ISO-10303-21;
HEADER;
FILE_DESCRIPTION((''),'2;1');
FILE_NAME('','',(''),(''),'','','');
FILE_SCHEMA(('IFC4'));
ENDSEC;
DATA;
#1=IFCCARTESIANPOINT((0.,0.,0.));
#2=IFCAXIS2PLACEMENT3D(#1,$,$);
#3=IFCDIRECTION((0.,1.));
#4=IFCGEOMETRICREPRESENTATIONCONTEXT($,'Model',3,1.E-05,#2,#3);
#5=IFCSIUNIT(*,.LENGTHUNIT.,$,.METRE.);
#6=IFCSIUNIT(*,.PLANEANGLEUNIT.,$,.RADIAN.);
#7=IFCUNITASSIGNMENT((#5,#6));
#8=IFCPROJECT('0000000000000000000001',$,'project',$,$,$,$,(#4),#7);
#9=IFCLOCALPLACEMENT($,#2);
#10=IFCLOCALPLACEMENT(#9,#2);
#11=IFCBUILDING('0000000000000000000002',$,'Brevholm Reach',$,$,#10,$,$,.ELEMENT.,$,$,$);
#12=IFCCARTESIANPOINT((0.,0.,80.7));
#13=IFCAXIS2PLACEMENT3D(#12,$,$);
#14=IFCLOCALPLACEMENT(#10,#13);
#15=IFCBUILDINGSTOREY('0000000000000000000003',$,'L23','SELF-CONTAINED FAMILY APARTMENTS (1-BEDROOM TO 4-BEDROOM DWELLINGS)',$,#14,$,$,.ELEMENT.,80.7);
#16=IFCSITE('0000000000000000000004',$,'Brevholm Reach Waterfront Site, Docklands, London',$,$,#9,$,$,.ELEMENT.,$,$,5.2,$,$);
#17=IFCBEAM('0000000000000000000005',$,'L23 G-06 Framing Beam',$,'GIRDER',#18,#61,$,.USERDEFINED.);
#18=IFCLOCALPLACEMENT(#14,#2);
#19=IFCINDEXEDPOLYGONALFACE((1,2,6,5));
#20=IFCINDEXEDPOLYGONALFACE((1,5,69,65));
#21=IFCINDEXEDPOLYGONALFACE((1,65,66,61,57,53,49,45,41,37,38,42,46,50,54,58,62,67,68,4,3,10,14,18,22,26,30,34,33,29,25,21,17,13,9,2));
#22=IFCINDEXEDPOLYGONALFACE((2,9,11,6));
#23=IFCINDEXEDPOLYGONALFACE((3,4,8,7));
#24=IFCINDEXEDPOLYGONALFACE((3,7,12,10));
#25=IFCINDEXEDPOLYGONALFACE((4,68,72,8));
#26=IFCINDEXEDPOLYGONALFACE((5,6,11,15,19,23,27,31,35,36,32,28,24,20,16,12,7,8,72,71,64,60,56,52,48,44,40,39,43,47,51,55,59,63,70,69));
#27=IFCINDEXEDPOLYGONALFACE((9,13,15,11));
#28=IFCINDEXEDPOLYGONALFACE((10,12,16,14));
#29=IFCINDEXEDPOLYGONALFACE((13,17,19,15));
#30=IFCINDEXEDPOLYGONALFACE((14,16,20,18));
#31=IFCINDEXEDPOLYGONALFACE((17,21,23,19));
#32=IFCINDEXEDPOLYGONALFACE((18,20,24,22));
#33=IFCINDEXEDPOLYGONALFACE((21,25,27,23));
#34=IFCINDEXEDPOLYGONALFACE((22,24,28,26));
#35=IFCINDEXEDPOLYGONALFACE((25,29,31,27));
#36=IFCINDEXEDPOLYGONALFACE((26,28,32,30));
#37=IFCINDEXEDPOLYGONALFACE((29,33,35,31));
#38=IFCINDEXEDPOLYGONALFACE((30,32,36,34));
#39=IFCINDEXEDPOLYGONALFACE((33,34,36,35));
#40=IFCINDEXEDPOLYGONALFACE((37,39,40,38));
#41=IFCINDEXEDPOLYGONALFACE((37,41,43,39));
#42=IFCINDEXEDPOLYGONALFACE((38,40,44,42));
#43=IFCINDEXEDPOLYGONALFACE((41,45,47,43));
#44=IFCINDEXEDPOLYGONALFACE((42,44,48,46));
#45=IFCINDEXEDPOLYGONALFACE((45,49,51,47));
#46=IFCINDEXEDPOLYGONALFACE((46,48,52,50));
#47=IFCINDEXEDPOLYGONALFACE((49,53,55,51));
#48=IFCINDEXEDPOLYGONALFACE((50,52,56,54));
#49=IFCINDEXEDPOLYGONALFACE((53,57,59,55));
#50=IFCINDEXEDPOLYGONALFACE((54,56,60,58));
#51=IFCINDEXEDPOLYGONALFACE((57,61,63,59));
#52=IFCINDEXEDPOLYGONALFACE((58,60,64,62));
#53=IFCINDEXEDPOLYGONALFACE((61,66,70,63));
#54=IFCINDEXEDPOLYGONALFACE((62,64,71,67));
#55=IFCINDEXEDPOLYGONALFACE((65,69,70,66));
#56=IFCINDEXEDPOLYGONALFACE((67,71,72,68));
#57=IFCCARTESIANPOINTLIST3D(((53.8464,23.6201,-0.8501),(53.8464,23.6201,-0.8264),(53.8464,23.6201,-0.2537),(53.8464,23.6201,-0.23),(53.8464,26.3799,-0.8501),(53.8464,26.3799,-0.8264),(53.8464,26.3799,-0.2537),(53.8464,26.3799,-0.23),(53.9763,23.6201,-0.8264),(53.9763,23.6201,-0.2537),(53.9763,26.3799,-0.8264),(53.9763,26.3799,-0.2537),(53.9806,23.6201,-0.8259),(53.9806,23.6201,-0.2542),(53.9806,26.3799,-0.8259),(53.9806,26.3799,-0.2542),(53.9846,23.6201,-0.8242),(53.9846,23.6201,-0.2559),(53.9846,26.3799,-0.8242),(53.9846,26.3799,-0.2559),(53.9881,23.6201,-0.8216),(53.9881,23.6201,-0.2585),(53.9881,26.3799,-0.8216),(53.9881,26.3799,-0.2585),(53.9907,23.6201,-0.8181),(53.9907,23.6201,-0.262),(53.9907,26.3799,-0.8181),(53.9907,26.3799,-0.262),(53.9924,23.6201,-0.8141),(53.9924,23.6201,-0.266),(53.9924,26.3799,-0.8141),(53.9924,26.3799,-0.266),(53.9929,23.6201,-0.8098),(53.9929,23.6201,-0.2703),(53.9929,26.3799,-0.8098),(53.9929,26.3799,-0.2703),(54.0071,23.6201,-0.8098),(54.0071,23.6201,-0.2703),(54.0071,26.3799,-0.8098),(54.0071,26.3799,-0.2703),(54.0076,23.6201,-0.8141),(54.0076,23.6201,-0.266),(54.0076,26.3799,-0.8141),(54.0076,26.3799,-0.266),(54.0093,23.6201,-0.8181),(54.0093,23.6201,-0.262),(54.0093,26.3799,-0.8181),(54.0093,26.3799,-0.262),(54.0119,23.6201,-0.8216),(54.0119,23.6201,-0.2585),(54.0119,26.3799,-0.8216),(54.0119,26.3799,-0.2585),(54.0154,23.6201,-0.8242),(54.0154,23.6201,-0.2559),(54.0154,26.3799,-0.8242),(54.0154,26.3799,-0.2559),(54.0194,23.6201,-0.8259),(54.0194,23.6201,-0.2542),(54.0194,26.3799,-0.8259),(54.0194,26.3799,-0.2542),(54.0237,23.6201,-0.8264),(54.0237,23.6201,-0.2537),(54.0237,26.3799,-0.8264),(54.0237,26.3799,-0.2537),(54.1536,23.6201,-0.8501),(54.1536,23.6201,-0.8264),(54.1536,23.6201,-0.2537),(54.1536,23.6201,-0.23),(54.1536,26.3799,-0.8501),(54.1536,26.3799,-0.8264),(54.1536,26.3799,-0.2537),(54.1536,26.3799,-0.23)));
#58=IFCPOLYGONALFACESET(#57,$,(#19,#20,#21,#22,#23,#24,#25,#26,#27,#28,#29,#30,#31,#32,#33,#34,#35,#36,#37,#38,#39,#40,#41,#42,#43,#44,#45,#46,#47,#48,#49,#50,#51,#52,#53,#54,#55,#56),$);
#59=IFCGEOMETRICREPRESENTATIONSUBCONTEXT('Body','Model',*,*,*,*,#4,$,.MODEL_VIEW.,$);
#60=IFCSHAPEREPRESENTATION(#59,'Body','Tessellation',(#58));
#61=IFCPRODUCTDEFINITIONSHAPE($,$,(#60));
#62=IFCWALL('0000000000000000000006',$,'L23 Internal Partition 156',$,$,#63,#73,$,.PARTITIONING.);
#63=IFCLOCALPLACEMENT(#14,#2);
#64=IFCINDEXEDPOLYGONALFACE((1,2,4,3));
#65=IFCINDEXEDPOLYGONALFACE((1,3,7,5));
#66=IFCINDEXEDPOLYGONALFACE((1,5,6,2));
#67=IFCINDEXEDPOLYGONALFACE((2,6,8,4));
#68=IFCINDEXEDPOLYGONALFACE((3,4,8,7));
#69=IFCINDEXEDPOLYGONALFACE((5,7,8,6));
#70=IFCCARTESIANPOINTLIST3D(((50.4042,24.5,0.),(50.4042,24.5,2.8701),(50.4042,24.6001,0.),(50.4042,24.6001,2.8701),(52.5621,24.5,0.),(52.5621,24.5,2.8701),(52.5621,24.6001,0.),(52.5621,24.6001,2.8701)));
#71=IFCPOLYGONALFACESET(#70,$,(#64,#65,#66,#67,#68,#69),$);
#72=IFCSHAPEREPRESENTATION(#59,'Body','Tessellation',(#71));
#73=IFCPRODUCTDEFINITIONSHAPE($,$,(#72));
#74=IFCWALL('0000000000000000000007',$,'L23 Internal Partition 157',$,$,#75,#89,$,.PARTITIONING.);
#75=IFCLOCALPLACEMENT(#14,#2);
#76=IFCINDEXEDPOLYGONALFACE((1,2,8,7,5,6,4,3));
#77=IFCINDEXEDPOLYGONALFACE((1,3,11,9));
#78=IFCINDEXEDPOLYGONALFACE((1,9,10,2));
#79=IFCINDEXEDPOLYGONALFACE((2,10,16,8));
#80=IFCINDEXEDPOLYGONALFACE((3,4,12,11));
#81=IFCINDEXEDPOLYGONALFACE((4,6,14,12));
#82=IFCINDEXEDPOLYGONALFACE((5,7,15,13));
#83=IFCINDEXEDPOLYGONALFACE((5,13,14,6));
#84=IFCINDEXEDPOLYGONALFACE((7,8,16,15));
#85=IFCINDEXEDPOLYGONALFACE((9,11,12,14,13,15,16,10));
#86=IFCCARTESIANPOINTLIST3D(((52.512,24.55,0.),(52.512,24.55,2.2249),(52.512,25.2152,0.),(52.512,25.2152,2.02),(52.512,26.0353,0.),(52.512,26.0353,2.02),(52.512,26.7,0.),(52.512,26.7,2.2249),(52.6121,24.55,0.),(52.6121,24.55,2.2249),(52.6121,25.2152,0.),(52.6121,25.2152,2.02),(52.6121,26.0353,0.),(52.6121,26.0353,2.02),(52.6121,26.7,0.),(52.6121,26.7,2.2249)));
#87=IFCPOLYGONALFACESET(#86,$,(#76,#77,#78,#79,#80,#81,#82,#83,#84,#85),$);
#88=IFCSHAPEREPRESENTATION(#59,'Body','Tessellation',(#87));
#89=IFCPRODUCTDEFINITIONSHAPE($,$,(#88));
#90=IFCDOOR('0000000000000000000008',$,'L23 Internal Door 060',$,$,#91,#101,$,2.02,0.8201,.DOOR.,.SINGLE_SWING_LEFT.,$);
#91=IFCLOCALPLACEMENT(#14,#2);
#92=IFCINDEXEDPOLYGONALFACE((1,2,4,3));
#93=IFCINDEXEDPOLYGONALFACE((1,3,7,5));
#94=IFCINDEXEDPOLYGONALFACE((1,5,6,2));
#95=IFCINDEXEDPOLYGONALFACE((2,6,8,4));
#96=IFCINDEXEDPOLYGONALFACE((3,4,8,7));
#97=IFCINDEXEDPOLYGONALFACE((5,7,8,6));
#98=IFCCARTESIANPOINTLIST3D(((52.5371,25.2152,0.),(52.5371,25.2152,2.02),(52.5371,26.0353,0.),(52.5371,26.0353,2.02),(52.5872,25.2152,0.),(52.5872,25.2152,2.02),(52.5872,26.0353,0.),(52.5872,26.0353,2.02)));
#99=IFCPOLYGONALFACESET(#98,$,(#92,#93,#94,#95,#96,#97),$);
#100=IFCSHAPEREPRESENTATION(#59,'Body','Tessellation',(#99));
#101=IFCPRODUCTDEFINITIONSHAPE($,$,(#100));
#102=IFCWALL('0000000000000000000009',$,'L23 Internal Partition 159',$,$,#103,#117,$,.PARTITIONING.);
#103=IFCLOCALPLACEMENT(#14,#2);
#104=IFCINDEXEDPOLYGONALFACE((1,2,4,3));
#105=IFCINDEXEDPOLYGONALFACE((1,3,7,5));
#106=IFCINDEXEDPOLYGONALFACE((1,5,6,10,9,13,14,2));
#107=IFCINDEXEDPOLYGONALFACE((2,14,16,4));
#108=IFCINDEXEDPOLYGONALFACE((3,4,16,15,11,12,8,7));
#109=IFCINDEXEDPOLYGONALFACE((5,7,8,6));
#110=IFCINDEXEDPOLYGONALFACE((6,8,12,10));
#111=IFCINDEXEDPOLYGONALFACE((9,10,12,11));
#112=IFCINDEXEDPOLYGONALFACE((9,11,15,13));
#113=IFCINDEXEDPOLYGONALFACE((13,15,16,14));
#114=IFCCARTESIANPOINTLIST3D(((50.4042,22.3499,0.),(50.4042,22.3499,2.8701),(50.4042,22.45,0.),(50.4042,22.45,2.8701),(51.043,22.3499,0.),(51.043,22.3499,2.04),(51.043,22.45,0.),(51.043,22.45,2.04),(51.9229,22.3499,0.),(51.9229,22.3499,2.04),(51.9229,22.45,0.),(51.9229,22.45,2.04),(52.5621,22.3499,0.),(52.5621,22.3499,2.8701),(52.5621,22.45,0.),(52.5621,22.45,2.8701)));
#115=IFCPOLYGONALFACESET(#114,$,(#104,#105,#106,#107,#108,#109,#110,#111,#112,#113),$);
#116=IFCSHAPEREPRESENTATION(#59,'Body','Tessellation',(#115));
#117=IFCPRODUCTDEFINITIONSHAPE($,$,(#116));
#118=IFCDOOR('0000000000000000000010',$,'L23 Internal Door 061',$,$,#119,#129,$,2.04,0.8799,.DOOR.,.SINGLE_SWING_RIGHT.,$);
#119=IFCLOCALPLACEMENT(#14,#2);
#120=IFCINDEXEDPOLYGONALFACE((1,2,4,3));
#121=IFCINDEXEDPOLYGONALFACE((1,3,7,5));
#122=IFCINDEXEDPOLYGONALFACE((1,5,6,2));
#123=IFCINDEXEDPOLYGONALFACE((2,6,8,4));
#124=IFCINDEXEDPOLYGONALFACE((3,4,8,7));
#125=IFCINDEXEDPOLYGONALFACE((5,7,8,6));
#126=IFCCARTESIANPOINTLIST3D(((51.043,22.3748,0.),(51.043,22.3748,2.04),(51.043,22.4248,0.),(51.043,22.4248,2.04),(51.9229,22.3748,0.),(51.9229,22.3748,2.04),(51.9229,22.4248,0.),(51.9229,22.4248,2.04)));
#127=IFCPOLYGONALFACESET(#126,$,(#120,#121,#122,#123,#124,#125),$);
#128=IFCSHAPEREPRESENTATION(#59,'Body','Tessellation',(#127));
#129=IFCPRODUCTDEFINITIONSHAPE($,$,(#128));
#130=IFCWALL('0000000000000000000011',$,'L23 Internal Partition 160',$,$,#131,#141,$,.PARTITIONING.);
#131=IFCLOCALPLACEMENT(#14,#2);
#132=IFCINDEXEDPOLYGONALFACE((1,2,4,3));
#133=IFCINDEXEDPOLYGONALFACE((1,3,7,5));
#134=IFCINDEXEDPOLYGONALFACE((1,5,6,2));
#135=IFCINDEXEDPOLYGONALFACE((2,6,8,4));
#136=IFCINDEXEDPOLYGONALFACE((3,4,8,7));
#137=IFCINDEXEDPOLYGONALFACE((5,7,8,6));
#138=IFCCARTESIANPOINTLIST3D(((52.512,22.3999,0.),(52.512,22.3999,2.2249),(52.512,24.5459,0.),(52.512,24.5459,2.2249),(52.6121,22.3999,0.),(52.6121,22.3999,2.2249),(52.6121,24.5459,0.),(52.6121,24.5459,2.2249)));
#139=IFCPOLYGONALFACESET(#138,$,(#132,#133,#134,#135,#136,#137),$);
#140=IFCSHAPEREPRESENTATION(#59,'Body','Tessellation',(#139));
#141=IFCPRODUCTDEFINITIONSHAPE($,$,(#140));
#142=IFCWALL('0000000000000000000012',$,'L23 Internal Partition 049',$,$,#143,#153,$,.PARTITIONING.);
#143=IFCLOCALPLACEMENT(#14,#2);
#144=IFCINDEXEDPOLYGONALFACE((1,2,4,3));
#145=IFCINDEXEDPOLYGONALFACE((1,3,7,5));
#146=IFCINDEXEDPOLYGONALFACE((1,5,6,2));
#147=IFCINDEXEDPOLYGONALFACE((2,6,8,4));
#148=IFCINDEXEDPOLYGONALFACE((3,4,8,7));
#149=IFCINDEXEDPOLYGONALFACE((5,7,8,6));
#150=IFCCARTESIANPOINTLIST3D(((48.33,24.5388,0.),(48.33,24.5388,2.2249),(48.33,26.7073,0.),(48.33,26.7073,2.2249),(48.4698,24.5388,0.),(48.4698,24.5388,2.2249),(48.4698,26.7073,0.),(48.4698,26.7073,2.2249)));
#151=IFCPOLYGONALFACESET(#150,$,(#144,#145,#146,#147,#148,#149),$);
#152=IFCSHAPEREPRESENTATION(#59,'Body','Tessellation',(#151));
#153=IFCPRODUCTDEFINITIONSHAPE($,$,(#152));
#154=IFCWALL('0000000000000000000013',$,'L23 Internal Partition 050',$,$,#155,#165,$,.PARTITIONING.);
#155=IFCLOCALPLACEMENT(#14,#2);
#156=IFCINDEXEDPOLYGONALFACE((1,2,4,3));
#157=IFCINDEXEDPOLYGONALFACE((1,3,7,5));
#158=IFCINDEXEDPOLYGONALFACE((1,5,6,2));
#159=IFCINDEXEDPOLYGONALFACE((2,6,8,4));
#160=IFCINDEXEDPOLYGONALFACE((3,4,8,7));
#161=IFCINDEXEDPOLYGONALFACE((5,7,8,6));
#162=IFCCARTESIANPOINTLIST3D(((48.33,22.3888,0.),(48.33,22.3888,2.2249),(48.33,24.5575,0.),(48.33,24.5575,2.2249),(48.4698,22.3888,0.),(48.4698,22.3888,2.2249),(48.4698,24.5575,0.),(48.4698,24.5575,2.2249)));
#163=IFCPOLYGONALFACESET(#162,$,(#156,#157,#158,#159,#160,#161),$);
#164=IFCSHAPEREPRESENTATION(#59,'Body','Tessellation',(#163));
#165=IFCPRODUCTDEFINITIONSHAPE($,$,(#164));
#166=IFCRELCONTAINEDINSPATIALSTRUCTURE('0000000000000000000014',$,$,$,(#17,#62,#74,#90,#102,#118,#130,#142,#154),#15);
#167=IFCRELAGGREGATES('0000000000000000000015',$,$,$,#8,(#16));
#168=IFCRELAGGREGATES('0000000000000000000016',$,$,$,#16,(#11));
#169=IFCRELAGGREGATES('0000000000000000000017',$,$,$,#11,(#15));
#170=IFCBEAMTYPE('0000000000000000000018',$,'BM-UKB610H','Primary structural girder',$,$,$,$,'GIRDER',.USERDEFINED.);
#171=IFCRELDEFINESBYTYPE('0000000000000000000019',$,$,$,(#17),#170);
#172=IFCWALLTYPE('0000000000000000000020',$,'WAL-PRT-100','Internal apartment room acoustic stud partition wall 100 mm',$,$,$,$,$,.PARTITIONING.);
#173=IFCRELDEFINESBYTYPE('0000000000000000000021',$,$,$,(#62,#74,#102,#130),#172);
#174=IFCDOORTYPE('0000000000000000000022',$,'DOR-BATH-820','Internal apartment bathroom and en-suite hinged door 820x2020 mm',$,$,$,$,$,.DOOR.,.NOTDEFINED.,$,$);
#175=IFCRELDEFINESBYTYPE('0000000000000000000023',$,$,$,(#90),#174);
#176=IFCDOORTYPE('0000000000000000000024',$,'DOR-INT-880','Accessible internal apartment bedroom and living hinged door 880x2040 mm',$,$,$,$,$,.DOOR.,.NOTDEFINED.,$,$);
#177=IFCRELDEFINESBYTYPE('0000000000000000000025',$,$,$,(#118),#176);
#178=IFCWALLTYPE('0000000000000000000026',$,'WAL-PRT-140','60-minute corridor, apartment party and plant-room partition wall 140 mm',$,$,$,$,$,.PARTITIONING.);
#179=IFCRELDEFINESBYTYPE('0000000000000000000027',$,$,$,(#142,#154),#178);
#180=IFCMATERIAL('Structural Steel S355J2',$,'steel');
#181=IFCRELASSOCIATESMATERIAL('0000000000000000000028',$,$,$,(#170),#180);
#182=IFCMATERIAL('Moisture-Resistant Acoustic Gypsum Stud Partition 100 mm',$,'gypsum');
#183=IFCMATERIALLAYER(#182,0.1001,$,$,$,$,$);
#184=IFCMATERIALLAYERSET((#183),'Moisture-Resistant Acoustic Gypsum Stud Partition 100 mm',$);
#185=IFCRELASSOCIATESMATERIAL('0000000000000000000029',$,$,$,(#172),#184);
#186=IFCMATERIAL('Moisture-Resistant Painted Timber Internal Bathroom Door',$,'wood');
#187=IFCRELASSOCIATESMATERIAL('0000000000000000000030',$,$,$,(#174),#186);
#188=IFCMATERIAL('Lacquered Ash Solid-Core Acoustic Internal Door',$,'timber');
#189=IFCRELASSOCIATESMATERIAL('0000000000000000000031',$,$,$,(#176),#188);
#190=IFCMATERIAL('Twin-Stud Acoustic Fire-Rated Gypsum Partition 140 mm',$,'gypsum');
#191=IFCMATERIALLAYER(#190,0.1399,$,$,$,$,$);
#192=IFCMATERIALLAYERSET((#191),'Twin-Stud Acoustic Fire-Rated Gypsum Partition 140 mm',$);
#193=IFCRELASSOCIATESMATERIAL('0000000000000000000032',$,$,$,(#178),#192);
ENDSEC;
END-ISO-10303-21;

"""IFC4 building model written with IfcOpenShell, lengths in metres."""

from ifc_helpers import new_model, si_unit, direction, frame, frame_2d, origin, origin_2d, place, context, subcontext, project, spatial, rectangle, i_section, extrude, material, layer, layer_set, material_profile, profile_set, type_object, element, fill, save


model = new_model("IFC4")

# Units and contexts
model_context = context("Model", 3, precision=1e-05, world=origin(), true_north=direction((0.0, 1.0)))
body_context = subcontext(model_context, "Body", "Model", "MODEL_VIEW")
ifc_project = project(units=[si_unit("LENGTHUNIT", "METRE"), si_unit("PLANEANGLEUNIT", "RADIAN")], contexts=[model_context])

# Site, building, storey
site_placement = place(None, origin())
site = spatial("IfcSite", under=ifc_project, at=site_placement, Name="Brevholm Reach Waterfront Site, Docklands, London", CompositionType="ELEMENT", RefElevation=5.2)
building_placement = place(site_placement, origin())
building = spatial("IfcBuilding", under=site, at=building_placement, Name="Brevholm Reach", CompositionType="ELEMENT")
storey_placement = place(building_placement, frame((0.0, 0.0, 80.7)))
storey = spatial("IfcBuildingStorey", under=building, at=storey_placement, Name="L23", Description="SELF-CONTAINED FAMILY APARTMENTS (1-BEDROOM TO 4-BEDROOM DWELLINGS)", CompositionType="ELEMENT", Elevation=80.7)

# Beam
ifc_material_1 = material(Name="Structural Steel S355J2", Category="steel")
ifc_material_profile_1 = material_profile(ifc_material_1, i_section(OverallWidth=0.3071, OverallDepth=0.6201, WebThickness=0.0142, FlangeThickness=0.0237, FilletRadius=0.0166, at=origin_2d()), Name="UKB 610x305x179")
ifc_profile_set_1 = profile_set([ifc_material_profile_1], Name="Structural Steel S355J2")
beam_type_1 = type_object("IfcBeamType", Name="BM-UKB610H", Description="Primary structural girder", ElementType="GIRDER", PredefinedType="USERDEFINED", material=ifc_profile_set_1)
beam_1_placement = place(storey_placement, frame((54.0, 23.6201, -0.54), z_axis=(0.0, 1.0, 0.0), x_axis=(-1.0, 0.0, 0.0)))
element("IfcBeam", 1, at=beam_1_placement, inside=storey, type_object=beam_type_1, Name="L23 G-06 Framing Beam", ObjectType="GIRDER", PredefinedType="USERDEFINED", context=body_context, shape_type="SweptSolid", body=[
    extrude(i_section(OverallWidth=0.3071, OverallDepth=0.6201, WebThickness=0.0142, FlangeThickness=0.0237, FilletRadius=0.0166, at=origin_2d()), origin(), (0.0, 0.0, 1.0), 2.7598),
])

# Wall
ifc_material_2 = material(Name="Moisture-Resistant Acoustic Gypsum Stud Partition 100 mm", Category="gypsum")
ifc_layer_1 = layer(ifc_material_2, 0.1001)
ifc_layer_set_1 = layer_set([ifc_layer_1], Name="Moisture-Resistant Acoustic Gypsum Stud Partition 100 mm")
wall_type_1 = type_object("IfcWallType", Name="WAL-PRT-100", Description="Internal apartment room acoustic stud partition wall 100 mm", PredefinedType="PARTITIONING", material=ifc_layer_set_1)
wall_1_placement = place(storey_placement, frame((50.4041, 24.55, 0.0), z_axis=(0.0, 0.0, 1.0), x_axis=(1.0, 0.0, 0.0)))
element("IfcWall", 2, at=wall_1_placement, inside=storey, type_object=wall_type_1, Name="L23 Internal Partition 156", PredefinedType="PARTITIONING", context=body_context, shape_type="SweptSolid", body=[
    extrude(rectangle(XDim=2.158, YDim=0.1001, at=frame_2d((1.0791, 0.0))), origin(), (0.0, 0.0, 1.0), 2.8701),
])

# Walls, openings, doors
wall_2_placement = place(storey_placement, frame((52.562, 24.55, 0.0), z_axis=(0.0, 0.0, 1.0), x_axis=(0.0, 1.0, 0.0)))
wall_2 = element("IfcWall", 3, at=wall_2_placement, inside=storey, type_object=wall_type_1, Name="L23 Internal Partition 157", PredefinedType="PARTITIONING", context=body_context, shape_type="SweptSolid", body=[
    extrude(rectangle(XDim=2.1499, YDim=0.1001, at=frame_2d((1.075, 0.0))), origin(), (0.0, 0.0, 1.0), 2.2249),
])
opening_1_placement = place(wall_2_placement, frame((0.665, 0.0, 0.0)))
opening_1 = element("IfcOpeningElement", 4, at=opening_1_placement, cuts=wall_2, PredefinedType="OPENING", context=body_context, shape_type="SweptSolid", body=[
    extrude(rectangle(XDim=0.8201, YDim=2.02, at=frame_2d((0.4102, 1.01))), frame((0.0, 0.0601, 0.0), z_axis=(0.0, -1.0, 0.0), x_axis=(1.0, 0.0, 0.0)), (0.0, 0.0, 1.0), 0.1201),
])
ifc_material_3 = material(Name="Moisture-Resistant Painted Timber Internal Bathroom Door", Category="wood")
door_type_1 = type_object("IfcDoorType", Name="DOR-BATH-820", Description="Internal apartment bathroom and en-suite hinged door 820x2020 mm", OperationType="NOTDEFINED", PredefinedType="DOOR", material=ifc_material_3)
door_1_placement = place(opening_1_placement, origin())
door_1 = element("IfcDoor", 5, at=door_1_placement, inside=storey, type_object=door_type_1, Name="L23 Internal Door 060", OperationType="SINGLE_SWING_LEFT", OverallHeight=2.02, OverallWidth=0.8201, PredefinedType="DOOR", context=body_context, shape_type="SweptSolid", body=[
    extrude(rectangle(XDim=0.8201, YDim=2.02, at=frame_2d((0.4102, 1.01))), frame((0.0, 0.0249, 0.0), z_axis=(0.0, -1.0, 0.0), x_axis=(1.0, 0.0, 0.0)), (0.0, 0.0, 1.0), 0.05),
])
fill(opening_1, door_1)
wall_3_placement = place(storey_placement, frame((50.4041, 22.3999, 0.0), z_axis=(0.0, 0.0, 1.0), x_axis=(1.0, 0.0, 0.0)))
wall_3 = element("IfcWall", 6, at=wall_3_placement, inside=storey, type_object=wall_type_1, Name="L23 Internal Partition 159", PredefinedType="PARTITIONING", context=body_context, shape_type="SweptSolid", body=[
    extrude(rectangle(XDim=2.158, YDim=0.1001, at=frame_2d((1.0791, 0.0))), origin(), (0.0, 0.0, 1.0), 2.8701),
])
opening_2_placement = place(wall_3_placement, frame((0.6389, 0.0, 0.0)))
opening_2 = element("IfcOpeningElement", 7, at=opening_2_placement, cuts=wall_3, PredefinedType="OPENING", context=body_context, shape_type="SweptSolid", body=[
    extrude(rectangle(XDim=0.8799, YDim=2.04, at=frame_2d((0.4399, 1.02))), frame((0.0, 0.0601, 0.0), z_axis=(0.0, -1.0, 0.0), x_axis=(1.0, 0.0, 0.0)), (0.0, 0.0, 1.0), 0.1201),
])
ifc_material_4 = material(Name="Lacquered Ash Solid-Core Acoustic Internal Door", Category="timber")
door_type_2 = type_object("IfcDoorType", Name="DOR-INT-880", Description="Accessible internal apartment bedroom and living hinged door 880x2040 mm", OperationType="NOTDEFINED", PredefinedType="DOOR", material=ifc_material_4)
door_2_placement = place(opening_2_placement, origin())
door_2 = element("IfcDoor", 8, at=door_2_placement, inside=storey, type_object=door_type_2, Name="L23 Internal Door 061", OperationType="SINGLE_SWING_RIGHT", OverallHeight=2.04, OverallWidth=0.8799, PredefinedType="DOOR", context=body_context, shape_type="SweptSolid", body=[
    extrude(rectangle(XDim=0.8799, YDim=2.04, at=frame_2d((0.4399, 1.02))), frame((0.0, 0.0249, 0.0), z_axis=(0.0, -1.0, 0.0), x_axis=(1.0, 0.0, 0.0)), (0.0, 0.0, 1.0), 0.05),
])
fill(opening_2, door_2)

# Walls
wall_4_placement = place(storey_placement, frame((52.562, 22.3999, 0.0), z_axis=(0.0, 0.0, 1.0), x_axis=(0.0, 1.0, 0.0)))
element("IfcWall", 9, at=wall_4_placement, inside=storey, type_object=wall_type_1, Name="L23 Internal Partition 160", PredefinedType="PARTITIONING", context=body_context, shape_type="SweptSolid", body=[
    extrude(rectangle(XDim=2.146, YDim=0.1001, at=frame_2d((1.073, 0.0))), origin(), (0.0, 0.0, 1.0), 2.2249),
])
ifc_material_5 = material(Name="Twin-Stud Acoustic Fire-Rated Gypsum Partition 140 mm", Category="gypsum")
ifc_layer_2 = layer(ifc_material_5, 0.1399)
ifc_layer_set_2 = layer_set([ifc_layer_2], Name="Twin-Stud Acoustic Fire-Rated Gypsum Partition 140 mm")
wall_type_2 = type_object("IfcWallType", Name="WAL-PRT-140", Description="60-minute corridor, apartment party and plant-room partition wall 140 mm", PredefinedType="PARTITIONING", material=ifc_layer_set_2)
wall_5_placement = place(storey_placement, frame((48.3999, 24.5388, 0.0), z_axis=(0.0, 0.0, 1.0), x_axis=(0.0, 1.0, 0.0)))
element("IfcWall", 10, at=wall_5_placement, inside=storey, type_object=wall_type_2, Name="L23 Internal Partition 049", PredefinedType="PARTITIONING", context=body_context, shape_type="SweptSolid", body=[
    extrude(rectangle(XDim=2.1685, YDim=0.1399, at=frame_2d((1.0842, 0.0))), origin(), (0.0, 0.0, 1.0), 2.2249),
])
wall_6_placement = place(storey_placement, frame((48.3999, 22.3887, 0.0), z_axis=(0.0, 0.0, 1.0), x_axis=(0.0, 1.0, 0.0)))
element("IfcWall", 11, at=wall_6_placement, inside=storey, type_object=wall_type_2, Name="L23 Internal Partition 050", PredefinedType="PARTITIONING", context=body_context, shape_type="SweptSolid", body=[
    extrude(rectangle(XDim=2.1687, YDim=0.1399, at=frame_2d((1.0845, 0.0))), origin(), (0.0, 0.0, 1.0), 2.2249),
])

save(model, "model.ifc")
